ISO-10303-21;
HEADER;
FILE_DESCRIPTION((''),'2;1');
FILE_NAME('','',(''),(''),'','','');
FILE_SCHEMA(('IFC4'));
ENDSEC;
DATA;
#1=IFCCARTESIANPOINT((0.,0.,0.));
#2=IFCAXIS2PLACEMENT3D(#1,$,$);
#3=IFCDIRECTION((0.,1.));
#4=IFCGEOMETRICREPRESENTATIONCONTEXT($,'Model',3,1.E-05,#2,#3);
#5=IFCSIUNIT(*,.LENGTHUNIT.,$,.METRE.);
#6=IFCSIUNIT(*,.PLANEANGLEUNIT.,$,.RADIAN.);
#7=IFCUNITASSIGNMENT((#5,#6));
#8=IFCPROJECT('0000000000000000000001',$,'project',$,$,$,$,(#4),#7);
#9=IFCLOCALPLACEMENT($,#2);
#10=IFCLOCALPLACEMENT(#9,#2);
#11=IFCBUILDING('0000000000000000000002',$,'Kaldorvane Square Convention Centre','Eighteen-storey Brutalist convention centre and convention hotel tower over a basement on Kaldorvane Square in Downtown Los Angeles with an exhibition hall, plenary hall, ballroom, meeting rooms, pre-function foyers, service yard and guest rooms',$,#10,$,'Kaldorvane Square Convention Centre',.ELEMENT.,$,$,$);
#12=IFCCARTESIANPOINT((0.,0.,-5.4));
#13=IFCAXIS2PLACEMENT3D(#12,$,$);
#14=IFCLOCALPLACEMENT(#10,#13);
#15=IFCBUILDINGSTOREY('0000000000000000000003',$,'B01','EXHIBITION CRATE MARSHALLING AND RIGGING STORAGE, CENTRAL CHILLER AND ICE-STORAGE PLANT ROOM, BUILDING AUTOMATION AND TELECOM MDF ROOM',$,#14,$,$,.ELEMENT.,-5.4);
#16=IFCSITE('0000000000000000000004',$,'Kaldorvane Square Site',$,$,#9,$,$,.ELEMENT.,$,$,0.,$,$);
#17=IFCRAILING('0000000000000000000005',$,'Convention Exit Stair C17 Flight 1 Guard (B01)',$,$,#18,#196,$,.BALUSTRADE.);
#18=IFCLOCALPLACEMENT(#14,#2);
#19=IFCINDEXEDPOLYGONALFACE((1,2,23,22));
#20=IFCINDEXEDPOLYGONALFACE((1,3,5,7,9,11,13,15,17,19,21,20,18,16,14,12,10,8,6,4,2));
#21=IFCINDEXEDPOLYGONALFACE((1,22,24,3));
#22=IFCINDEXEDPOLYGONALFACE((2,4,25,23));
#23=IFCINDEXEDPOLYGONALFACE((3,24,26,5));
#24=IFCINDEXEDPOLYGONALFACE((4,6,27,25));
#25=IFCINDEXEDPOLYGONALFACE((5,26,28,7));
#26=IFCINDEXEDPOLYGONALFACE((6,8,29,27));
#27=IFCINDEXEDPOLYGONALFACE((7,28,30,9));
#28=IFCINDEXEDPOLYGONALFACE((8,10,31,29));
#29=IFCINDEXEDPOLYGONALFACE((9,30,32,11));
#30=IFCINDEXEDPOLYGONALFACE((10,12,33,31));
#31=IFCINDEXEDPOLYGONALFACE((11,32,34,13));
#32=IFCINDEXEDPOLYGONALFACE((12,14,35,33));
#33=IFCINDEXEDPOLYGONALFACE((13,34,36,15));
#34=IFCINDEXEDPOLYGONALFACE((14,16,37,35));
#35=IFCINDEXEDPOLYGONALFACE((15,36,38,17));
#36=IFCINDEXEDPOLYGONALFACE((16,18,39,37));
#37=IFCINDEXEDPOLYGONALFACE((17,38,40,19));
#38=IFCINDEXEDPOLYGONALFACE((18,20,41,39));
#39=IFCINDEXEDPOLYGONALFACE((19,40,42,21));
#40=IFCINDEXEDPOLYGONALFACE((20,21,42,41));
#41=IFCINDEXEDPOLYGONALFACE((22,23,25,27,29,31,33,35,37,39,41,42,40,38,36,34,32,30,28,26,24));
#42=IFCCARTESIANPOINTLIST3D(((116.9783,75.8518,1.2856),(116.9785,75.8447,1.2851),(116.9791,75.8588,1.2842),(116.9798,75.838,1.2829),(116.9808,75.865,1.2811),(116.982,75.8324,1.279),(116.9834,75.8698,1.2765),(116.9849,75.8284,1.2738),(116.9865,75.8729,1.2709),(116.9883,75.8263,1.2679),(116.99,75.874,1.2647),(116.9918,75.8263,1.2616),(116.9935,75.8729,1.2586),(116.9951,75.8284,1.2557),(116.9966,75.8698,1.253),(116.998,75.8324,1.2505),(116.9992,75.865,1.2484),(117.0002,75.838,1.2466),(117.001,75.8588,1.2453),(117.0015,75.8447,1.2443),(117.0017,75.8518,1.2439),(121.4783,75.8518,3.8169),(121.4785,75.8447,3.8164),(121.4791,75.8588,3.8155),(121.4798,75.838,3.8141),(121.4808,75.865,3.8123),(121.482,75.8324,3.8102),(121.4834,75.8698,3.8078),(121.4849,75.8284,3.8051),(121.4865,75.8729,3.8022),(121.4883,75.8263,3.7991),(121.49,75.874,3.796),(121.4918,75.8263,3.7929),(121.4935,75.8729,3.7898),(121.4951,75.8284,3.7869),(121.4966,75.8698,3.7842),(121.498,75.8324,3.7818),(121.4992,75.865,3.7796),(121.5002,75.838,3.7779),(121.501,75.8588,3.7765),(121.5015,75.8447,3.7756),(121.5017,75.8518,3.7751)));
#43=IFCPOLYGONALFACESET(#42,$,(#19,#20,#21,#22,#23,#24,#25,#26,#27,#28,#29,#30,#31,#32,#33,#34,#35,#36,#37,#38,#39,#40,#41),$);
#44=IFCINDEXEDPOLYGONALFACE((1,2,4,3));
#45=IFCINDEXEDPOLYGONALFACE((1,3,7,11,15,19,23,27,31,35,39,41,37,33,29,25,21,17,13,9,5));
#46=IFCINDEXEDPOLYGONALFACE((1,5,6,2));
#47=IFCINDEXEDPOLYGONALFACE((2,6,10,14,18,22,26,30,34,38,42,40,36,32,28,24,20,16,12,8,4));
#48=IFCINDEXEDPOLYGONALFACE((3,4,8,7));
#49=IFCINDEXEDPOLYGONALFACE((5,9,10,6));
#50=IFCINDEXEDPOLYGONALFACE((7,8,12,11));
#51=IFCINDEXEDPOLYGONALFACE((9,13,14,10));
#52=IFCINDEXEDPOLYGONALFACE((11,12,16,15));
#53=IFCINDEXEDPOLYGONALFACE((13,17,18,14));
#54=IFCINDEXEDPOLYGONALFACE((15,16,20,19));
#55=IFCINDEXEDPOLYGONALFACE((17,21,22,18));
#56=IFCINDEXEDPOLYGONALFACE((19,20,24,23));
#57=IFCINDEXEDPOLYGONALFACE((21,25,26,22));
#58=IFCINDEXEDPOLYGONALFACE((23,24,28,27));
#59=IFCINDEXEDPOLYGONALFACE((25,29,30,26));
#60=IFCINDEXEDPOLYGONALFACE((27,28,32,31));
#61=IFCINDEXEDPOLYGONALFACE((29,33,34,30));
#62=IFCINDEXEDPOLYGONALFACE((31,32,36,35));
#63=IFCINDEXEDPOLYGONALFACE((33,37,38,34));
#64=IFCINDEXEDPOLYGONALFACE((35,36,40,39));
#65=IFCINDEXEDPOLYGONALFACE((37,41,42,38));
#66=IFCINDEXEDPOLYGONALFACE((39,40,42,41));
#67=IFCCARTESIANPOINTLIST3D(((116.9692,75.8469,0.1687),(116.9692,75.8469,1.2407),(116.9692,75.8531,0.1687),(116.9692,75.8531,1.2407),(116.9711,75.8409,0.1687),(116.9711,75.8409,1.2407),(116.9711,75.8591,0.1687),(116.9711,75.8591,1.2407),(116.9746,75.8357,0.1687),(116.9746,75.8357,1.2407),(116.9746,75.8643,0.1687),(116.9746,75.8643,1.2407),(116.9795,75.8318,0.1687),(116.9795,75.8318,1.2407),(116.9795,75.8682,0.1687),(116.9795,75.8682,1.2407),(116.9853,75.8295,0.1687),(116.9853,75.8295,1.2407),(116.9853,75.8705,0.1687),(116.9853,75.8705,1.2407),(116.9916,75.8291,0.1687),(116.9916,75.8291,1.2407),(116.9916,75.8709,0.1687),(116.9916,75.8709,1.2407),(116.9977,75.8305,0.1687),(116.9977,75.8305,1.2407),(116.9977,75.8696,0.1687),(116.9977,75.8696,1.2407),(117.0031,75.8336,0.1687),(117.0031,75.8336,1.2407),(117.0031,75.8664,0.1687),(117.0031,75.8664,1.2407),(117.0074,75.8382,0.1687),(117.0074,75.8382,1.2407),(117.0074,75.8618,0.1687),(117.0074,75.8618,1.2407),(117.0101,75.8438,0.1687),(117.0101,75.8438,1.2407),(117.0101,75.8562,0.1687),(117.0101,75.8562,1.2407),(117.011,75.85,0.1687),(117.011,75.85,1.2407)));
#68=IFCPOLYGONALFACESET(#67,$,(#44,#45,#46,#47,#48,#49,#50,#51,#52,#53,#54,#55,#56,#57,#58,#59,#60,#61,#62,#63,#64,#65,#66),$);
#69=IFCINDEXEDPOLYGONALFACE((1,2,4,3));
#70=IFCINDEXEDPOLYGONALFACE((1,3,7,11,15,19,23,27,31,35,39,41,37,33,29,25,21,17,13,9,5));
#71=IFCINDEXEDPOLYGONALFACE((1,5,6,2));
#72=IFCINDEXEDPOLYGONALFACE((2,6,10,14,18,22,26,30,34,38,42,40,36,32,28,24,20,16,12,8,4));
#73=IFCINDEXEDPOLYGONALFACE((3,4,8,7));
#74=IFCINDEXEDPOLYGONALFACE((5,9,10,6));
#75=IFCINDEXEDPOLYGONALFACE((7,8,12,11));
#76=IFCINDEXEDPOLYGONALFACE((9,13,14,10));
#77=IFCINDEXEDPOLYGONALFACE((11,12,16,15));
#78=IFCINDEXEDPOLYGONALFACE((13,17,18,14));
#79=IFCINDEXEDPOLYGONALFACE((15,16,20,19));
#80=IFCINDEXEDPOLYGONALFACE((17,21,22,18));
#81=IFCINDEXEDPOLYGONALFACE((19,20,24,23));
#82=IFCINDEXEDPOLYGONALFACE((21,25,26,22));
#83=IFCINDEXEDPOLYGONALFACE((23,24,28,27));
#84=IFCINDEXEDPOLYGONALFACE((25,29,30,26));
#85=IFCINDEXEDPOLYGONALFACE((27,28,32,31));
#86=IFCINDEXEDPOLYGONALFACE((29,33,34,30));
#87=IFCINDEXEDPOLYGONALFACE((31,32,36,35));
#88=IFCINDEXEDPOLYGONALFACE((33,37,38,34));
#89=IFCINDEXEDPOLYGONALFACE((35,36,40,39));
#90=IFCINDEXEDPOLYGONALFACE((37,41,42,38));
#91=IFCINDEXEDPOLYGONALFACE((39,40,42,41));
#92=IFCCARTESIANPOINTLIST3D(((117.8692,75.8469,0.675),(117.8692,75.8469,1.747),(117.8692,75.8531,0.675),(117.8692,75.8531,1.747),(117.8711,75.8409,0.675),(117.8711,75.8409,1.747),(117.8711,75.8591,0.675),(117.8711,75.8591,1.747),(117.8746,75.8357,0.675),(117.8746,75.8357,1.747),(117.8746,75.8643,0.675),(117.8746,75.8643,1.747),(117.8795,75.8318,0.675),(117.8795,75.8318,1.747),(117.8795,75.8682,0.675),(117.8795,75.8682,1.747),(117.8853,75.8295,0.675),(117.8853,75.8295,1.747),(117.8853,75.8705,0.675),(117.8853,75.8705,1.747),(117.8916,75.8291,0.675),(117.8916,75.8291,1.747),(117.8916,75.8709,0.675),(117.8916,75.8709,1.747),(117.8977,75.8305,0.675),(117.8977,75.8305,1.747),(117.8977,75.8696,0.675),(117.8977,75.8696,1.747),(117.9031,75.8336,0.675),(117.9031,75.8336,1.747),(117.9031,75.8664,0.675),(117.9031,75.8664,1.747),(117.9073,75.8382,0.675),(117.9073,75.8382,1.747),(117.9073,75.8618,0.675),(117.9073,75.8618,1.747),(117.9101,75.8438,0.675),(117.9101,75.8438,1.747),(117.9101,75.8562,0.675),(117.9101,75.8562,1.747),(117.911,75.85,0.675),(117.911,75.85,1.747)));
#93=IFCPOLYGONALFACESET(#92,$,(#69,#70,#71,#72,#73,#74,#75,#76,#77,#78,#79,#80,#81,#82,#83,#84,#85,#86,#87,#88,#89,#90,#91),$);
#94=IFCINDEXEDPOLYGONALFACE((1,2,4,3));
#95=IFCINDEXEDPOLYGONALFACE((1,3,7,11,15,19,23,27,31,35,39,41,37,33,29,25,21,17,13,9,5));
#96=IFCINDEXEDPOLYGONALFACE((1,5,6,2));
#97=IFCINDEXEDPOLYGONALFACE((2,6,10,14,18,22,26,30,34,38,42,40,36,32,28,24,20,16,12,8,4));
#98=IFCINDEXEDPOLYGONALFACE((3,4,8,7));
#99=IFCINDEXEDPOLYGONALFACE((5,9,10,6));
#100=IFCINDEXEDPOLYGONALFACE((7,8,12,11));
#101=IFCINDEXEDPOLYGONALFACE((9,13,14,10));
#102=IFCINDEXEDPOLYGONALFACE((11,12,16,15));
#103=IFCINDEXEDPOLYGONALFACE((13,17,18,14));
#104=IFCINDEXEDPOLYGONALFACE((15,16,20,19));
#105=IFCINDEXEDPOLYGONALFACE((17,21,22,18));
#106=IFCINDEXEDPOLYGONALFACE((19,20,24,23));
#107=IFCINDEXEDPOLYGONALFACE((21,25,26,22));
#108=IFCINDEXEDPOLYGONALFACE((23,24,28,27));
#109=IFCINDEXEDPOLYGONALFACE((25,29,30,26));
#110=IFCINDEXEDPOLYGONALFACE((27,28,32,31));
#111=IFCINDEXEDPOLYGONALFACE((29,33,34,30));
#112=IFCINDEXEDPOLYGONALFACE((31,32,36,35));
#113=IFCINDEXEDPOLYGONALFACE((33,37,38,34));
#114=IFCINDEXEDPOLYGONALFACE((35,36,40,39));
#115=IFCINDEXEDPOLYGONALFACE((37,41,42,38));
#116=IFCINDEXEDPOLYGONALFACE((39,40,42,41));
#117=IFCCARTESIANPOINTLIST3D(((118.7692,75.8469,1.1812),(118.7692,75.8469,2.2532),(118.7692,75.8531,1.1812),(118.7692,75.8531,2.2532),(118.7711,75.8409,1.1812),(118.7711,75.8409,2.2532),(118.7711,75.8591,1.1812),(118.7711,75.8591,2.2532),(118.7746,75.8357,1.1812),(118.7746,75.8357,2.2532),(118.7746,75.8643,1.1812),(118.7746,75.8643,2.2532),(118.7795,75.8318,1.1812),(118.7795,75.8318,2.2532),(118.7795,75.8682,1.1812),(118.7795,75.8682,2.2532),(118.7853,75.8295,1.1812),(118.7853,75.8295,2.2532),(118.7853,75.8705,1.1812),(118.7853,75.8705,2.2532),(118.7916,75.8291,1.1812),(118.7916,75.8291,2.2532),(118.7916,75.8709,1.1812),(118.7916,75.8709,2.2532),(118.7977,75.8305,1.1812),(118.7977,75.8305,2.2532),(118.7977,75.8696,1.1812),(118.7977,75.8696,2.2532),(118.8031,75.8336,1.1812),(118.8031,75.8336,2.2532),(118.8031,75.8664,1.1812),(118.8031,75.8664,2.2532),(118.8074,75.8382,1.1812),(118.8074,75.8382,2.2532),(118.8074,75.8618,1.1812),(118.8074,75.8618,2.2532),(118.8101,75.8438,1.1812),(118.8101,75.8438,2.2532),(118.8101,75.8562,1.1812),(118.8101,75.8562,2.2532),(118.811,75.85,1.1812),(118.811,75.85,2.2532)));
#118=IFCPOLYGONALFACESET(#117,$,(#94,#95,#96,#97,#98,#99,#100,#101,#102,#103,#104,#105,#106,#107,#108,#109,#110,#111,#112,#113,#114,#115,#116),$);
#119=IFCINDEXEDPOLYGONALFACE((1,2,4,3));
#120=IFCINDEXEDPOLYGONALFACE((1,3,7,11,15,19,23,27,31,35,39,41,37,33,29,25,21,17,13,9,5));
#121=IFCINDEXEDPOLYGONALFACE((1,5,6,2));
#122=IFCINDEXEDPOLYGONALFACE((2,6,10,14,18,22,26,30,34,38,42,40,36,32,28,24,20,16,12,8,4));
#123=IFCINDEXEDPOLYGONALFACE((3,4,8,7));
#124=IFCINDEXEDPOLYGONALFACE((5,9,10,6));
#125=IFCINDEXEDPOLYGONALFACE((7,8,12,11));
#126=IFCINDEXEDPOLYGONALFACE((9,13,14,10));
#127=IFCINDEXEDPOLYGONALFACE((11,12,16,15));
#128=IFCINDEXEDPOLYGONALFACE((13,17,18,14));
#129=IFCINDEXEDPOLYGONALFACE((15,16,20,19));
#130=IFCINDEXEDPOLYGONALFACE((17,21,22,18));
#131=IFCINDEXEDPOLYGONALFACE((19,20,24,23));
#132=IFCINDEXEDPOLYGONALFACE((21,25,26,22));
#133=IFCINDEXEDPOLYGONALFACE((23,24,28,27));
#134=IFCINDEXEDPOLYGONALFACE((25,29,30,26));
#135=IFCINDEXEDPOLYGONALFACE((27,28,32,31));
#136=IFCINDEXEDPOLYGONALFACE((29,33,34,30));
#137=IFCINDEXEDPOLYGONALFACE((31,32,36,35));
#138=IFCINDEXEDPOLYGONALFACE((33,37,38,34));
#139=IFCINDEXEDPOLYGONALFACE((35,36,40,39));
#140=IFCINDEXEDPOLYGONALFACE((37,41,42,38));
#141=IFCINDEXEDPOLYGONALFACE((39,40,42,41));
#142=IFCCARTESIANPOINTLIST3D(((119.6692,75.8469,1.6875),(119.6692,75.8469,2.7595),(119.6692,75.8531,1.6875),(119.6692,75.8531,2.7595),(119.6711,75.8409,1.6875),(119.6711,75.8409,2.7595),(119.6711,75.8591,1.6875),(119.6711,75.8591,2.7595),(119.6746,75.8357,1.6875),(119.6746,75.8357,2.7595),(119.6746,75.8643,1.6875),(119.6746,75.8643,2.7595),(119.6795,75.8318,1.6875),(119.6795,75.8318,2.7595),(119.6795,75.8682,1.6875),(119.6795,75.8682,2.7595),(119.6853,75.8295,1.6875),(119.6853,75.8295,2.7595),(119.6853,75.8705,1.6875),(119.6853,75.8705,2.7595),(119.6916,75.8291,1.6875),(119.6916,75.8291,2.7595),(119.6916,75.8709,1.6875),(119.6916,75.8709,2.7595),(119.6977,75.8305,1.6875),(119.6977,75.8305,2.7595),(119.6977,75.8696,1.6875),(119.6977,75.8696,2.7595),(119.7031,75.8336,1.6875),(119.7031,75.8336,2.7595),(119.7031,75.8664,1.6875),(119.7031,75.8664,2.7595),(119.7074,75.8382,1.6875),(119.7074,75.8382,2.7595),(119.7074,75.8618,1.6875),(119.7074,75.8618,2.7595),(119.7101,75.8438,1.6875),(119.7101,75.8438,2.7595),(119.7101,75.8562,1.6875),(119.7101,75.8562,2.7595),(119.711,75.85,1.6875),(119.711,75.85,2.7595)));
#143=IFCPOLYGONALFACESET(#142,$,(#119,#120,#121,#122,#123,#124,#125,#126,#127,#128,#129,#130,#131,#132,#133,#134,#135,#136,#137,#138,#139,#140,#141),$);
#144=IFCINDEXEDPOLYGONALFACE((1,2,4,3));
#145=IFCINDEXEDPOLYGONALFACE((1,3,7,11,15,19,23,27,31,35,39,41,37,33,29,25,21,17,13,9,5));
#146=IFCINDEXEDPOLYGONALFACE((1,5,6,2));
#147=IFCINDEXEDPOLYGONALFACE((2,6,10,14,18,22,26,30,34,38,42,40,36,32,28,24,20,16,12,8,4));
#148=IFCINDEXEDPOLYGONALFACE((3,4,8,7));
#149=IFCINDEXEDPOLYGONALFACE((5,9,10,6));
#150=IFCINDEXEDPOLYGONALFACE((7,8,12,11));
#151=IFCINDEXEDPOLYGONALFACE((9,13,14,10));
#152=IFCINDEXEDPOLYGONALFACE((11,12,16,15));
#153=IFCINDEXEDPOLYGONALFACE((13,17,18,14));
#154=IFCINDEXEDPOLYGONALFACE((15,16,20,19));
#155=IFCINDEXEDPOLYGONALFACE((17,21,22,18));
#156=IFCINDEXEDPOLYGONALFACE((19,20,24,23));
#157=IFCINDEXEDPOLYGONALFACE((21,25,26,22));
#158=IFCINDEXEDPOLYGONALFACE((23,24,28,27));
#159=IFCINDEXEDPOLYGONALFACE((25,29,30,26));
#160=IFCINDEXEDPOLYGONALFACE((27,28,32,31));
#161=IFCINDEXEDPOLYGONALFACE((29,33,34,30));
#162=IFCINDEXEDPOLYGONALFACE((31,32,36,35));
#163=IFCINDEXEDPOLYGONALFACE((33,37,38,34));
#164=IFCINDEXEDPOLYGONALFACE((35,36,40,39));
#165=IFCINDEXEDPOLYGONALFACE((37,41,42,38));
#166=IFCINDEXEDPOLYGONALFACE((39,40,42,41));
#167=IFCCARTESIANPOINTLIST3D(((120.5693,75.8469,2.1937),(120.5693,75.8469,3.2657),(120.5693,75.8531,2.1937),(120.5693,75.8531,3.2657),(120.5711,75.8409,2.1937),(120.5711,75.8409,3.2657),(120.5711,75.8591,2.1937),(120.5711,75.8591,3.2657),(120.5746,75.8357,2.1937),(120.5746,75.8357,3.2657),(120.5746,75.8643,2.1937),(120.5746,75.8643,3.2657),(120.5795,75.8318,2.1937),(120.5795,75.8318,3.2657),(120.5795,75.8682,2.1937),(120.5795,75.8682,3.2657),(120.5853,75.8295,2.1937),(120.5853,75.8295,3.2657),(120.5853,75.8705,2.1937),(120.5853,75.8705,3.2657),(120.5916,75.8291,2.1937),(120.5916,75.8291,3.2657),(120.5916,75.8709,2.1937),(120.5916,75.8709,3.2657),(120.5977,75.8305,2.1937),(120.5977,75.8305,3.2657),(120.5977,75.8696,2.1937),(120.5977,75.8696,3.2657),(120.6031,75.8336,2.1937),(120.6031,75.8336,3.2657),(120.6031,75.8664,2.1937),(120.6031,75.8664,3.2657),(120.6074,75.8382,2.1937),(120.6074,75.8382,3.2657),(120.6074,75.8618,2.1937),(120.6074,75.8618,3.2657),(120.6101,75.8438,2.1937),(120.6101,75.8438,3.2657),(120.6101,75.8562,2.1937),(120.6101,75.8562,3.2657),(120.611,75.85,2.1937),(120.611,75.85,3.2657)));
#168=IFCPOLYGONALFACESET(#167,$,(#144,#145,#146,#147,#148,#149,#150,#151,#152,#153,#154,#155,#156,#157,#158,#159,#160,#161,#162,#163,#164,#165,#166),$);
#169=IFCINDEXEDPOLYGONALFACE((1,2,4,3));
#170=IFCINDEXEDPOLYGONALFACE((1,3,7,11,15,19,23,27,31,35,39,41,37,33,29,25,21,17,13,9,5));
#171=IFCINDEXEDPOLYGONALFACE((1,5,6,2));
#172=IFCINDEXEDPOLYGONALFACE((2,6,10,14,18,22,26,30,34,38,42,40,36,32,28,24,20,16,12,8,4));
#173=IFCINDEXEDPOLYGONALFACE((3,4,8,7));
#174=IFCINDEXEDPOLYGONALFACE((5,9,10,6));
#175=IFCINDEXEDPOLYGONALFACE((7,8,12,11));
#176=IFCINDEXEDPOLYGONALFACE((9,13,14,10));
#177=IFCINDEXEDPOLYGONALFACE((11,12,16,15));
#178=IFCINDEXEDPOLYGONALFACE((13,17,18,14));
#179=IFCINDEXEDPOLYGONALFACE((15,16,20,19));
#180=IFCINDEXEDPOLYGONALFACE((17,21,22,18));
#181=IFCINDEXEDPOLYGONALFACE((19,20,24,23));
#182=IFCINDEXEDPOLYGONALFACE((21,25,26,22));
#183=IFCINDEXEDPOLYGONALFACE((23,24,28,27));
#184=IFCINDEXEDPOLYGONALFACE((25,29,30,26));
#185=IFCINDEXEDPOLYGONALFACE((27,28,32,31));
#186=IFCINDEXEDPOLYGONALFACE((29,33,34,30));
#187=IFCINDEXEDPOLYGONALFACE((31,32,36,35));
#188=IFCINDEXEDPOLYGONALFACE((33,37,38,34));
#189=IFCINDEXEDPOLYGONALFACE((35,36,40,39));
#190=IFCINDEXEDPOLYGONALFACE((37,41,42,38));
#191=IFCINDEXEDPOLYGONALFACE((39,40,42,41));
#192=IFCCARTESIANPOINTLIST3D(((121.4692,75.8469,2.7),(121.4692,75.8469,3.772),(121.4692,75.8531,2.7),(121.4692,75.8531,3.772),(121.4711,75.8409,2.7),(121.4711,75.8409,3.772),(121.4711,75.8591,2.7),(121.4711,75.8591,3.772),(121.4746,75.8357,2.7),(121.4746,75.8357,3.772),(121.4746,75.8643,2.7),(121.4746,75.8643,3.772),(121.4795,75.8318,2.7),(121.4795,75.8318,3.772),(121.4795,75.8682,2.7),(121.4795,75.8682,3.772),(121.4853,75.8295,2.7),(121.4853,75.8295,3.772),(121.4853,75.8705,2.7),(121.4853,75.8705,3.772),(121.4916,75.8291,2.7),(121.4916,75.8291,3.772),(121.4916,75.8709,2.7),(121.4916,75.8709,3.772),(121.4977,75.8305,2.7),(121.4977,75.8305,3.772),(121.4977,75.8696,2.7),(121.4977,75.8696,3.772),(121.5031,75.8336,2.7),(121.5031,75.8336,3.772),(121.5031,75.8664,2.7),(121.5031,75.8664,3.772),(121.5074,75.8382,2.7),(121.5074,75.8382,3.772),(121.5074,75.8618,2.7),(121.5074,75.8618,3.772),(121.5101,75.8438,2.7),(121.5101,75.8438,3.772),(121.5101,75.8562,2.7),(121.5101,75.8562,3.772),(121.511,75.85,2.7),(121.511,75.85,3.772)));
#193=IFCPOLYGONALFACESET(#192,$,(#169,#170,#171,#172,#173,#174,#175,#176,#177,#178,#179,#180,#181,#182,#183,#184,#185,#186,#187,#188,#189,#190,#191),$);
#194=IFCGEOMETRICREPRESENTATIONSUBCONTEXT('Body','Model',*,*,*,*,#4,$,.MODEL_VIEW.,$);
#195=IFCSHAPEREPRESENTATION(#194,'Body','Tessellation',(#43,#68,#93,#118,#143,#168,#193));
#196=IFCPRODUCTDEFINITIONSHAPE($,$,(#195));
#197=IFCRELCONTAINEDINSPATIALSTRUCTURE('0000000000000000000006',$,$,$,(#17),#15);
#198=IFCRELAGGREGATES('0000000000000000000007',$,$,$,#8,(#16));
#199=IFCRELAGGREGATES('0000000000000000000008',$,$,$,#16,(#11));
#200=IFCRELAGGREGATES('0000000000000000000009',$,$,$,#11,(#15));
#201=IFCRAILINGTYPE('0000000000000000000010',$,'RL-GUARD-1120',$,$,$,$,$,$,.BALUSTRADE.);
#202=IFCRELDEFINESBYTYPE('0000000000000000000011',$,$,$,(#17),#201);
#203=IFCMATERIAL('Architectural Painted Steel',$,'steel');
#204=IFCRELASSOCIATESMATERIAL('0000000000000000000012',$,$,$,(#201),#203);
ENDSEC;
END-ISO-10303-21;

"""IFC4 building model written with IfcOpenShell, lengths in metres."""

from ifc_helpers import new_model, si_unit, direction, frame, origin, origin_2d, place, context, subcontext, project, spatial, circle, extrude, material, type_object, element, save


model = new_model("IFC4")

# Units and contexts
model_context = context("Model", 3, precision=1e-05, world=origin(), true_north=direction((0.0, 1.0)))
body_context = subcontext(model_context, "Body", "Model", "MODEL_VIEW")
ifc_project = project(units=[si_unit("LENGTHUNIT", "METRE"), si_unit("PLANEANGLEUNIT", "RADIAN")], contexts=[model_context])

# Site, building, storey
site_placement = place(None, origin())
site = spatial("IfcSite", under=ifc_project, at=site_placement, Name="Kaldorvane Square Site", CompositionType="ELEMENT", RefElevation=0.0)
building_placement = place(site_placement, origin())
building = spatial("IfcBuilding", under=site, at=building_placement, Name="Kaldorvane Square Convention Centre", Description="Eighteen-storey Brutalist convention centre and convention hotel tower over a basement on Kaldorvane Square in Downtown Los Angeles with an exhibition hall, plenary hall, ballroom, meeting rooms, pre-function foyers, service yard and guest rooms", LongName="Kaldorvane Square Convention Centre", CompositionType="ELEMENT")
storey_placement = place(building_placement, frame((0.0, 0.0, -5.4)))
storey = spatial("IfcBuildingStorey", under=building, at=storey_placement, Name="B01", Description="EXHIBITION CRATE MARSHALLING AND RIGGING STORAGE, CENTRAL CHILLER AND ICE-STORAGE PLANT ROOM, BUILDING AUTOMATION AND TELECOM MDF ROOM", CompositionType="ELEMENT", Elevation=-5.4)

# Railing
ifc_material_1 = material(Name="Architectural Painted Steel", Category="steel")
railing_type_1 = type_object("IfcRailingType", Name="RL-GUARD-1120", PredefinedType="BALUSTRADE", material=ifc_material_1)
railing_1_placement = place(storey_placement, frame((116.99, 75.85, 0.1687)))
element("IfcRailing", 1, at=railing_1_placement, inside=storey, type_object=railing_type_1, Name="Convention Exit Stair C17 Flight 1 Guard (B01)", PredefinedType="BALUSTRADE", context=body_context, shape_type="SweptSolid", body=[
    extrude(circle(Radius=0.024, at=origin_2d()), frame((0.0, 0.0, 1.096), z_axis=(0.871576, 0.0, 0.490261), x_axis=(0.0, 1.0, 0.0)), (0.0, 0.0, 1.0), 5.1631),
    extrude(circle(Radius=0.021, at=origin_2d()), origin(), (0.0, 0.0, 1.0), 1.072),
    extrude(circle(Radius=0.021, at=origin_2d()), frame((0.9, 0.0, 0.5063)), (0.0, 0.0, 1.0), 1.072),
    extrude(circle(Radius=0.021, at=origin_2d()), frame((1.8, 0.0, 1.0125)), (0.0, 0.0, 1.0), 1.072),
    extrude(circle(Radius=0.021, at=origin_2d()), frame((2.7, 0.0, 1.5188)), (0.0, 0.0, 1.0), 1.072),
    extrude(circle(Radius=0.021, at=origin_2d()), frame((3.6, 0.0, 2.025)), (0.0, 0.0, 1.0), 1.072),
    extrude(circle(Radius=0.021, at=origin_2d()), frame((4.5, 0.0, 2.5312)), (0.0, 0.0, 1.0), 1.072),
])

save(model, "model.ifc")
